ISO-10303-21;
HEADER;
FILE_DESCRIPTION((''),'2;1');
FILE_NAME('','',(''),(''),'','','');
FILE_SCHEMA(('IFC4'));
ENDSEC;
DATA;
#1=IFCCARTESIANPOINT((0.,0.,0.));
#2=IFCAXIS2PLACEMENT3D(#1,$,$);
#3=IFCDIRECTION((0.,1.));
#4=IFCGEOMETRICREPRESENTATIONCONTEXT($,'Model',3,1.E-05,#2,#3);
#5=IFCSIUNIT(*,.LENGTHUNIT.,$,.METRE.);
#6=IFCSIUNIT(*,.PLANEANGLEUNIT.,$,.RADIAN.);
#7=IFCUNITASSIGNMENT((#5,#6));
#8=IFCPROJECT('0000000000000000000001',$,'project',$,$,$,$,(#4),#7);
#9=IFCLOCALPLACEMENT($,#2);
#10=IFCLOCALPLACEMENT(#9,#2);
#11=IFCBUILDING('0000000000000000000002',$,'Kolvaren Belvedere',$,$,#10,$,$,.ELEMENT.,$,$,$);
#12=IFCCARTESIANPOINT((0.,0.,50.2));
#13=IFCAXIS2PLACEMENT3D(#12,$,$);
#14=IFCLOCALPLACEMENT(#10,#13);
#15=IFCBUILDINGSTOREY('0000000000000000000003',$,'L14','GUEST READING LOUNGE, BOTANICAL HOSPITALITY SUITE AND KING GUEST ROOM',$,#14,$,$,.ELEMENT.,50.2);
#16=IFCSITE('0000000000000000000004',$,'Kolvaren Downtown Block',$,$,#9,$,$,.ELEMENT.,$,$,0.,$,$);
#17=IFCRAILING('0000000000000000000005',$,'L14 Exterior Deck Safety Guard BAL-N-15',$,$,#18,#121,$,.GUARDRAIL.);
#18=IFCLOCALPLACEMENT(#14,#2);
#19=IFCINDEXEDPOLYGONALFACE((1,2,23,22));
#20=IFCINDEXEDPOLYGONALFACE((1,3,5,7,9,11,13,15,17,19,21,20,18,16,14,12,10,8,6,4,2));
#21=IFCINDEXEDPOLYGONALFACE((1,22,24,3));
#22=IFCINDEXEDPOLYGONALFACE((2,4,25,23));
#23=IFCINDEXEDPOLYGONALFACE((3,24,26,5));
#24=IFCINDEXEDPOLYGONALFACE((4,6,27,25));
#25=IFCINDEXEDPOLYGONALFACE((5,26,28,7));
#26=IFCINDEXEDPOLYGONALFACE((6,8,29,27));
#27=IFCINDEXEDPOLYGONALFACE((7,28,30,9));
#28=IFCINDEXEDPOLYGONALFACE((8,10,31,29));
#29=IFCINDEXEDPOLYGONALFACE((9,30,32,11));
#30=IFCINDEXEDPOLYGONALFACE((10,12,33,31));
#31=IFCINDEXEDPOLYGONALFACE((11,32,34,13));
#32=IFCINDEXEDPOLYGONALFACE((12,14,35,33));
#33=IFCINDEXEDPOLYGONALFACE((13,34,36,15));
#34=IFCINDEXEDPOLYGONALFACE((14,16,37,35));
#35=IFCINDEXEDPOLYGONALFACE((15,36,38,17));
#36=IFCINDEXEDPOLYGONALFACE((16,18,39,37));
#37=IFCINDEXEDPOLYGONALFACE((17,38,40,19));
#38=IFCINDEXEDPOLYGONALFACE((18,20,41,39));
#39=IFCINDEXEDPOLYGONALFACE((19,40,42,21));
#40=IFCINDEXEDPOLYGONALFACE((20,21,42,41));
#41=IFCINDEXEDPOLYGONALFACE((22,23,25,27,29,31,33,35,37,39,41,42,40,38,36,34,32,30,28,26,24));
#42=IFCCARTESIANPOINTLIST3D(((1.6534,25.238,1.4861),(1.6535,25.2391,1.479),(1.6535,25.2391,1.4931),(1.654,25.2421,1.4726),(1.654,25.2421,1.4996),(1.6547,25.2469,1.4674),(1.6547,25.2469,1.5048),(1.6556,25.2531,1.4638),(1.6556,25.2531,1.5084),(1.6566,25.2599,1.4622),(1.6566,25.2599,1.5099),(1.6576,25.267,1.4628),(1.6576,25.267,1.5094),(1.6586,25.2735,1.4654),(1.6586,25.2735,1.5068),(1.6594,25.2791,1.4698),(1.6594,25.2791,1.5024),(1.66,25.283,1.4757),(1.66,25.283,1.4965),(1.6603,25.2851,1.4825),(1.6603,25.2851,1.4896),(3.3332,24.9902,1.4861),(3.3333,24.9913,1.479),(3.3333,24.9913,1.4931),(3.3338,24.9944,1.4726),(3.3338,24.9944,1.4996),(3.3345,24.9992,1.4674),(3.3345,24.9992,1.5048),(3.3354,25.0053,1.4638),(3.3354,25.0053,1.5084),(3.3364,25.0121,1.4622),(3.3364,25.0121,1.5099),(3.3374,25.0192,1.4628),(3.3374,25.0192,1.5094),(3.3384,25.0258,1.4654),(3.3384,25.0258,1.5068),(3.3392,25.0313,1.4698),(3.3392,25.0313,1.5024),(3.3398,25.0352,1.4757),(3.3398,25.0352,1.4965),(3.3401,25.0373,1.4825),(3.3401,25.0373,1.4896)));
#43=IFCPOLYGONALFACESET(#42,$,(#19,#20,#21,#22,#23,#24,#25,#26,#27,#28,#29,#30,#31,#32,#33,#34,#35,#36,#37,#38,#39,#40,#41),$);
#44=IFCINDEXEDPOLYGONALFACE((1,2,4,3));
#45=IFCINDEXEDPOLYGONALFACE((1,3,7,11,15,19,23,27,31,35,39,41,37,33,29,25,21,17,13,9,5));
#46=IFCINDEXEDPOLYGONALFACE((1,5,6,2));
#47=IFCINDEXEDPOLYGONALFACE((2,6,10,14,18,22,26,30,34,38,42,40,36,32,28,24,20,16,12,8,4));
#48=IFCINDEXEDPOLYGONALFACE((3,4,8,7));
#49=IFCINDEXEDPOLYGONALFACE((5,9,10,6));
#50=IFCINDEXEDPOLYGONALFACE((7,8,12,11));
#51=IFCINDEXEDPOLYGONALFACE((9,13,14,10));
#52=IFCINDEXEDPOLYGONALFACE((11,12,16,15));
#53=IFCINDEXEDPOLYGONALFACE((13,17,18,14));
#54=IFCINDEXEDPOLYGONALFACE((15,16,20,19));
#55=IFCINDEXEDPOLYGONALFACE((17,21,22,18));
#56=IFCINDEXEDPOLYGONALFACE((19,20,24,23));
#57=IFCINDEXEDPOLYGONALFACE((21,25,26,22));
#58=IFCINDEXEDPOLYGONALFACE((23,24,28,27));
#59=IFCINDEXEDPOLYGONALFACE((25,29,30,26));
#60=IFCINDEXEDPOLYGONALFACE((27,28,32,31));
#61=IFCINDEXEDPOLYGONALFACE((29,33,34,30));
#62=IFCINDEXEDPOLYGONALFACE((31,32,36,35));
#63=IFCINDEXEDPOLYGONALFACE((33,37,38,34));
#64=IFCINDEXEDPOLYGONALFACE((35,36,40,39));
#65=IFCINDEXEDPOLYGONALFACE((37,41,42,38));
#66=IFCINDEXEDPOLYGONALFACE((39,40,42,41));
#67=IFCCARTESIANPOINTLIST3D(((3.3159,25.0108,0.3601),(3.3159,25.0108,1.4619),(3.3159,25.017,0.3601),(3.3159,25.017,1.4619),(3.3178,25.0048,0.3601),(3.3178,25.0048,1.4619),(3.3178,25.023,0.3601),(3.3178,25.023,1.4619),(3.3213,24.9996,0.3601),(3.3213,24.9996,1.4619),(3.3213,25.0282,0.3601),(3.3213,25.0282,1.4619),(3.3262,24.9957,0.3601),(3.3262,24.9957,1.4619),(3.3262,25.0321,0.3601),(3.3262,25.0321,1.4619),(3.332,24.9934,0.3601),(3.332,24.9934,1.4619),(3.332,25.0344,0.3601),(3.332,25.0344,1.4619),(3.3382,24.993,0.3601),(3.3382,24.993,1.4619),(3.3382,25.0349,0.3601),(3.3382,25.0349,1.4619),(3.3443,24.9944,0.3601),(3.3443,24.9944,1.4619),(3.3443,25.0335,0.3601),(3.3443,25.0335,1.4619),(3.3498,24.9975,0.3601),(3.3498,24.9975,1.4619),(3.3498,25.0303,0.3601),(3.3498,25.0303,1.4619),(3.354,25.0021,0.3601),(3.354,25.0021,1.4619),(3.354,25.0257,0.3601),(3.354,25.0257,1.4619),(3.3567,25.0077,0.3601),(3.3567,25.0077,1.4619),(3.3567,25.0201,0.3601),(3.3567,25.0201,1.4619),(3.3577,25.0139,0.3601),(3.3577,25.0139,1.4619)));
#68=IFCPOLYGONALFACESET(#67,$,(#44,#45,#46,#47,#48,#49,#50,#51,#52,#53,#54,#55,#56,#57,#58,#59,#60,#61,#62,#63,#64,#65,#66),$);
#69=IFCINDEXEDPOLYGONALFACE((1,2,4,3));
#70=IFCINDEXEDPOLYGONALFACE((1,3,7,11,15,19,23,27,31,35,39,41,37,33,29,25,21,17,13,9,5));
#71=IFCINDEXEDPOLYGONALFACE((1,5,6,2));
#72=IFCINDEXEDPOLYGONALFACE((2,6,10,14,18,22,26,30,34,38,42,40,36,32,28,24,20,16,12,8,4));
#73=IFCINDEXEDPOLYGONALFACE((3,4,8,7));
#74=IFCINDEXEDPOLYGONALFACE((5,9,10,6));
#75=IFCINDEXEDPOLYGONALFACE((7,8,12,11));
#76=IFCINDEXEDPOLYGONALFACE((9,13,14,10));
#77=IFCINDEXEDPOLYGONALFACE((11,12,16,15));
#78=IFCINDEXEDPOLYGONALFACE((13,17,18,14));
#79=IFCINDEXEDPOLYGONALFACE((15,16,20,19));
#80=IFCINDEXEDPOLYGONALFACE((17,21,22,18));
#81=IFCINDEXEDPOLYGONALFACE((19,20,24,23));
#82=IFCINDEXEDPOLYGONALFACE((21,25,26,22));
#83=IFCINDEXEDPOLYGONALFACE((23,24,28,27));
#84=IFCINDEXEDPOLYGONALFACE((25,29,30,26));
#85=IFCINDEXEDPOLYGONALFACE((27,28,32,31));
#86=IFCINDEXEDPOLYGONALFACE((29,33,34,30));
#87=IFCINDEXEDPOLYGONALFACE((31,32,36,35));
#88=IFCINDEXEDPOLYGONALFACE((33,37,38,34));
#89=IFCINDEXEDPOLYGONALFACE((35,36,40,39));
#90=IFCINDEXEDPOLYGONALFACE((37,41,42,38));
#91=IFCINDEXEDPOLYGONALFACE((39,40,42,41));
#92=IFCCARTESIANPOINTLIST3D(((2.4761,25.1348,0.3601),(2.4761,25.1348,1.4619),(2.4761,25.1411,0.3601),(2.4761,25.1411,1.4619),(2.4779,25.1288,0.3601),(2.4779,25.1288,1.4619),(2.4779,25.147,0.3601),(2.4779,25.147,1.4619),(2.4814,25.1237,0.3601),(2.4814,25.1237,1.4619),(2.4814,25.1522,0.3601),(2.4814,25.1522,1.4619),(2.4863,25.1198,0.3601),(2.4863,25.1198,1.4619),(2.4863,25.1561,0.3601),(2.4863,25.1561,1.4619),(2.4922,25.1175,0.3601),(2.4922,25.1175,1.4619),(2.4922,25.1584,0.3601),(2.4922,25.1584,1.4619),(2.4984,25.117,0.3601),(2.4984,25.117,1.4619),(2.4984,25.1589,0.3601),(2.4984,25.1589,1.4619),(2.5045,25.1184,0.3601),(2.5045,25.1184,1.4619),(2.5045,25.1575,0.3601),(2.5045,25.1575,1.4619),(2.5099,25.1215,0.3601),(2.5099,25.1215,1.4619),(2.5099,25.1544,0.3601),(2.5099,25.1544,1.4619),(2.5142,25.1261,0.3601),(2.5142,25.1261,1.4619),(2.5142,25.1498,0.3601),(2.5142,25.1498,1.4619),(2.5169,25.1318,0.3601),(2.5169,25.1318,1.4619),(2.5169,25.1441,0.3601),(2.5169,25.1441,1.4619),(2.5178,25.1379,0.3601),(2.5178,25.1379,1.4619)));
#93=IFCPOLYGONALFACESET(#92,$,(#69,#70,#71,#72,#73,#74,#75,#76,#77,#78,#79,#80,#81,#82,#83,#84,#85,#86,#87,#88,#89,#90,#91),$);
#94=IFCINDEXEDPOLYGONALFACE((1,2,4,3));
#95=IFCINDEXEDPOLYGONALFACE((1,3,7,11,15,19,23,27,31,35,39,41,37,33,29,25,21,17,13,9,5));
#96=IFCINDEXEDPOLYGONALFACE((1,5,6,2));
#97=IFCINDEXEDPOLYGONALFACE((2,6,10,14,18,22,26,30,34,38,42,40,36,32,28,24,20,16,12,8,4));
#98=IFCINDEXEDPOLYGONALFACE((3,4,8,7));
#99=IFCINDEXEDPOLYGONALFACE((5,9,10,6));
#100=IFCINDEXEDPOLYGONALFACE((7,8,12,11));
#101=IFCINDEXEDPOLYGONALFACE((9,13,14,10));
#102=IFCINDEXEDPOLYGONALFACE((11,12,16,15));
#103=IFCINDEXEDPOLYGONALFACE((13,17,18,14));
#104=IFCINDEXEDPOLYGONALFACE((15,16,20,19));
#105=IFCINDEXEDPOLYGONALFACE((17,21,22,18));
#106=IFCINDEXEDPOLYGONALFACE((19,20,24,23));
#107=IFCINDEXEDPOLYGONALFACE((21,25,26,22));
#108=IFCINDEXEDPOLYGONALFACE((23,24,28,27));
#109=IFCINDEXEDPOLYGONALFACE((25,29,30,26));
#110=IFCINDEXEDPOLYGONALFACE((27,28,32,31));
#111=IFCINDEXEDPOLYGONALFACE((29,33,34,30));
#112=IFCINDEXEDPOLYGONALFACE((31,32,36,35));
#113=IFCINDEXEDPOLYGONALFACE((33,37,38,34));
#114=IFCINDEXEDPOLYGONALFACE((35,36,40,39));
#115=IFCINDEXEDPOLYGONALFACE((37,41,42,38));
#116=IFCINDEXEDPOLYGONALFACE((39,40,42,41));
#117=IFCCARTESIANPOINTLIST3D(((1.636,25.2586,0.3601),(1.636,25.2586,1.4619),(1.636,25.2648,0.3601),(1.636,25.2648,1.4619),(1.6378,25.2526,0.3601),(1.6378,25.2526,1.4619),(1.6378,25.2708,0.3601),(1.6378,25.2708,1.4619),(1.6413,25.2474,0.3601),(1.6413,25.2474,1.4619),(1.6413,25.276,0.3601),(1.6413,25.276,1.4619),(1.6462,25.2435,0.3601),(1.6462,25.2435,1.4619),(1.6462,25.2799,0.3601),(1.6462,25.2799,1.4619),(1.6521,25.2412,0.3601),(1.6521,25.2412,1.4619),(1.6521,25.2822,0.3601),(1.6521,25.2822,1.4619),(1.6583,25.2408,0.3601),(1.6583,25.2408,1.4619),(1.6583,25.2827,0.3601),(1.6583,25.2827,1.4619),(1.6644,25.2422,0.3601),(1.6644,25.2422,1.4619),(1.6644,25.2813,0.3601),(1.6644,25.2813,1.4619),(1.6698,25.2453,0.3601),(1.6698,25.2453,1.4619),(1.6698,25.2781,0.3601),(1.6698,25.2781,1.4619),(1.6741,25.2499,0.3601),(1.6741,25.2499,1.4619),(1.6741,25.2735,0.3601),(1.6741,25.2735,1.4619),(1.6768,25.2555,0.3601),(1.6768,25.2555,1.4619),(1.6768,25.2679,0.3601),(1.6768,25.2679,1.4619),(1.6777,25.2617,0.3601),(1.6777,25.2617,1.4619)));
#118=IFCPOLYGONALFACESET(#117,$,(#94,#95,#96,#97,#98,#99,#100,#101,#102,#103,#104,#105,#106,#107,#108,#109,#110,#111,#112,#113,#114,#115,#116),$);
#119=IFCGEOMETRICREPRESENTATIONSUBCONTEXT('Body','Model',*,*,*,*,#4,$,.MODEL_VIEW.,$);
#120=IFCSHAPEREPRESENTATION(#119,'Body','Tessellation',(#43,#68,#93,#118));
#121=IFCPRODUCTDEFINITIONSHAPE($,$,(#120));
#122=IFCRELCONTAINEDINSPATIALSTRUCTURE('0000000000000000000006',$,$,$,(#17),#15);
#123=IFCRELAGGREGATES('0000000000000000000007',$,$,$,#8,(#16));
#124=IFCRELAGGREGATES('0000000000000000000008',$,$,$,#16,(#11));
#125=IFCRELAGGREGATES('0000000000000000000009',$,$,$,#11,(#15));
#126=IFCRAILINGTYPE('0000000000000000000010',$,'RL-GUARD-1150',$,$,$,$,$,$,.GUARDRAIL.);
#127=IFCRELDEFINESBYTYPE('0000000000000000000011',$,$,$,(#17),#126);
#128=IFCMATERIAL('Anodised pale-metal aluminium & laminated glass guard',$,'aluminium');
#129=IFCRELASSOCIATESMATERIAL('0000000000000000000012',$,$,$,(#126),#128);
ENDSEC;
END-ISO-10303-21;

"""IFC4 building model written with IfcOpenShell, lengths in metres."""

from ifc_helpers import new_model, si_unit, direction, frame, origin, origin_2d, place, context, subcontext, project, spatial, circle, extrude, material, type_object, element, save


model = new_model("IFC4")

# Units and contexts
model_context = context("Model", 3, precision=1e-05, world=origin(), true_north=direction((0.0, 1.0)))
body_context = subcontext(model_context, "Body", "Model", "MODEL_VIEW")
ifc_project = project(units=[si_unit("LENGTHUNIT", "METRE"), si_unit("PLANEANGLEUNIT", "RADIAN")], contexts=[model_context])

# Site, building, storey
site_placement = place(None, origin())
site = spatial("IfcSite", under=ifc_project, at=site_placement, Name="Kolvaren Downtown Block", CompositionType="ELEMENT", RefElevation=0.0)
building_placement = place(site_placement, origin())
building = spatial("IfcBuilding", under=site, at=building_placement, Name="Kolvaren Belvedere", CompositionType="ELEMENT")
storey_placement = place(building_placement, frame((0.0, 0.0, 50.2)))
storey = spatial("IfcBuildingStorey", under=building, at=storey_placement, Name="L14", Description="GUEST READING LOUNGE, BOTANICAL HOSPITALITY SUITE AND KING GUEST ROOM", CompositionType="ELEMENT", Elevation=50.2)

# Railing
ifc_material_1 = material(Name="Anodised pale-metal aluminium & laminated glass guard", Category="aluminium")
railing_type = type_object("IfcRailingType", Name="RL-GUARD-1150", PredefinedType="GUARDRAIL", material=ifc_material_1)
railing_1_placement = place(storey_placement, frame((3.3367, 25.0139, 0.3601)))
element("IfcRailing", 1, at=railing_1_placement, inside=storey, type_object=railing_type, Name="L14 Exterior Deck Safety Guard BAL-N-15", PredefinedType="GUARDRAIL", context=body_context, shape_type="SweptSolid", body=[
    extrude(circle(Radius=0.0239, at=origin_2d()), frame((0.0, 0.0, 1.126), z_axis=(-0.989295, 0.145929, 0.0), x_axis=(-0.145929, -0.989295, 0.0)), (0.0, 0.0, 1.0), 1.698),
    extrude(circle(Radius=0.021, at=origin_2d()), origin(), (0.0, 0.0, 1.0), 1.1018),
    extrude(circle(Radius=0.021, at=origin_2d()), frame((-0.8398, 0.124, 0.0)), (0.0, 0.0, 1.0), 1.1018),
    extrude(circle(Radius=0.021, at=origin_2d()), frame((-1.6799, 0.2478, 0.0)), (0.0, 0.0, 1.0), 1.1018),
])

save(model, "model.ifc")
